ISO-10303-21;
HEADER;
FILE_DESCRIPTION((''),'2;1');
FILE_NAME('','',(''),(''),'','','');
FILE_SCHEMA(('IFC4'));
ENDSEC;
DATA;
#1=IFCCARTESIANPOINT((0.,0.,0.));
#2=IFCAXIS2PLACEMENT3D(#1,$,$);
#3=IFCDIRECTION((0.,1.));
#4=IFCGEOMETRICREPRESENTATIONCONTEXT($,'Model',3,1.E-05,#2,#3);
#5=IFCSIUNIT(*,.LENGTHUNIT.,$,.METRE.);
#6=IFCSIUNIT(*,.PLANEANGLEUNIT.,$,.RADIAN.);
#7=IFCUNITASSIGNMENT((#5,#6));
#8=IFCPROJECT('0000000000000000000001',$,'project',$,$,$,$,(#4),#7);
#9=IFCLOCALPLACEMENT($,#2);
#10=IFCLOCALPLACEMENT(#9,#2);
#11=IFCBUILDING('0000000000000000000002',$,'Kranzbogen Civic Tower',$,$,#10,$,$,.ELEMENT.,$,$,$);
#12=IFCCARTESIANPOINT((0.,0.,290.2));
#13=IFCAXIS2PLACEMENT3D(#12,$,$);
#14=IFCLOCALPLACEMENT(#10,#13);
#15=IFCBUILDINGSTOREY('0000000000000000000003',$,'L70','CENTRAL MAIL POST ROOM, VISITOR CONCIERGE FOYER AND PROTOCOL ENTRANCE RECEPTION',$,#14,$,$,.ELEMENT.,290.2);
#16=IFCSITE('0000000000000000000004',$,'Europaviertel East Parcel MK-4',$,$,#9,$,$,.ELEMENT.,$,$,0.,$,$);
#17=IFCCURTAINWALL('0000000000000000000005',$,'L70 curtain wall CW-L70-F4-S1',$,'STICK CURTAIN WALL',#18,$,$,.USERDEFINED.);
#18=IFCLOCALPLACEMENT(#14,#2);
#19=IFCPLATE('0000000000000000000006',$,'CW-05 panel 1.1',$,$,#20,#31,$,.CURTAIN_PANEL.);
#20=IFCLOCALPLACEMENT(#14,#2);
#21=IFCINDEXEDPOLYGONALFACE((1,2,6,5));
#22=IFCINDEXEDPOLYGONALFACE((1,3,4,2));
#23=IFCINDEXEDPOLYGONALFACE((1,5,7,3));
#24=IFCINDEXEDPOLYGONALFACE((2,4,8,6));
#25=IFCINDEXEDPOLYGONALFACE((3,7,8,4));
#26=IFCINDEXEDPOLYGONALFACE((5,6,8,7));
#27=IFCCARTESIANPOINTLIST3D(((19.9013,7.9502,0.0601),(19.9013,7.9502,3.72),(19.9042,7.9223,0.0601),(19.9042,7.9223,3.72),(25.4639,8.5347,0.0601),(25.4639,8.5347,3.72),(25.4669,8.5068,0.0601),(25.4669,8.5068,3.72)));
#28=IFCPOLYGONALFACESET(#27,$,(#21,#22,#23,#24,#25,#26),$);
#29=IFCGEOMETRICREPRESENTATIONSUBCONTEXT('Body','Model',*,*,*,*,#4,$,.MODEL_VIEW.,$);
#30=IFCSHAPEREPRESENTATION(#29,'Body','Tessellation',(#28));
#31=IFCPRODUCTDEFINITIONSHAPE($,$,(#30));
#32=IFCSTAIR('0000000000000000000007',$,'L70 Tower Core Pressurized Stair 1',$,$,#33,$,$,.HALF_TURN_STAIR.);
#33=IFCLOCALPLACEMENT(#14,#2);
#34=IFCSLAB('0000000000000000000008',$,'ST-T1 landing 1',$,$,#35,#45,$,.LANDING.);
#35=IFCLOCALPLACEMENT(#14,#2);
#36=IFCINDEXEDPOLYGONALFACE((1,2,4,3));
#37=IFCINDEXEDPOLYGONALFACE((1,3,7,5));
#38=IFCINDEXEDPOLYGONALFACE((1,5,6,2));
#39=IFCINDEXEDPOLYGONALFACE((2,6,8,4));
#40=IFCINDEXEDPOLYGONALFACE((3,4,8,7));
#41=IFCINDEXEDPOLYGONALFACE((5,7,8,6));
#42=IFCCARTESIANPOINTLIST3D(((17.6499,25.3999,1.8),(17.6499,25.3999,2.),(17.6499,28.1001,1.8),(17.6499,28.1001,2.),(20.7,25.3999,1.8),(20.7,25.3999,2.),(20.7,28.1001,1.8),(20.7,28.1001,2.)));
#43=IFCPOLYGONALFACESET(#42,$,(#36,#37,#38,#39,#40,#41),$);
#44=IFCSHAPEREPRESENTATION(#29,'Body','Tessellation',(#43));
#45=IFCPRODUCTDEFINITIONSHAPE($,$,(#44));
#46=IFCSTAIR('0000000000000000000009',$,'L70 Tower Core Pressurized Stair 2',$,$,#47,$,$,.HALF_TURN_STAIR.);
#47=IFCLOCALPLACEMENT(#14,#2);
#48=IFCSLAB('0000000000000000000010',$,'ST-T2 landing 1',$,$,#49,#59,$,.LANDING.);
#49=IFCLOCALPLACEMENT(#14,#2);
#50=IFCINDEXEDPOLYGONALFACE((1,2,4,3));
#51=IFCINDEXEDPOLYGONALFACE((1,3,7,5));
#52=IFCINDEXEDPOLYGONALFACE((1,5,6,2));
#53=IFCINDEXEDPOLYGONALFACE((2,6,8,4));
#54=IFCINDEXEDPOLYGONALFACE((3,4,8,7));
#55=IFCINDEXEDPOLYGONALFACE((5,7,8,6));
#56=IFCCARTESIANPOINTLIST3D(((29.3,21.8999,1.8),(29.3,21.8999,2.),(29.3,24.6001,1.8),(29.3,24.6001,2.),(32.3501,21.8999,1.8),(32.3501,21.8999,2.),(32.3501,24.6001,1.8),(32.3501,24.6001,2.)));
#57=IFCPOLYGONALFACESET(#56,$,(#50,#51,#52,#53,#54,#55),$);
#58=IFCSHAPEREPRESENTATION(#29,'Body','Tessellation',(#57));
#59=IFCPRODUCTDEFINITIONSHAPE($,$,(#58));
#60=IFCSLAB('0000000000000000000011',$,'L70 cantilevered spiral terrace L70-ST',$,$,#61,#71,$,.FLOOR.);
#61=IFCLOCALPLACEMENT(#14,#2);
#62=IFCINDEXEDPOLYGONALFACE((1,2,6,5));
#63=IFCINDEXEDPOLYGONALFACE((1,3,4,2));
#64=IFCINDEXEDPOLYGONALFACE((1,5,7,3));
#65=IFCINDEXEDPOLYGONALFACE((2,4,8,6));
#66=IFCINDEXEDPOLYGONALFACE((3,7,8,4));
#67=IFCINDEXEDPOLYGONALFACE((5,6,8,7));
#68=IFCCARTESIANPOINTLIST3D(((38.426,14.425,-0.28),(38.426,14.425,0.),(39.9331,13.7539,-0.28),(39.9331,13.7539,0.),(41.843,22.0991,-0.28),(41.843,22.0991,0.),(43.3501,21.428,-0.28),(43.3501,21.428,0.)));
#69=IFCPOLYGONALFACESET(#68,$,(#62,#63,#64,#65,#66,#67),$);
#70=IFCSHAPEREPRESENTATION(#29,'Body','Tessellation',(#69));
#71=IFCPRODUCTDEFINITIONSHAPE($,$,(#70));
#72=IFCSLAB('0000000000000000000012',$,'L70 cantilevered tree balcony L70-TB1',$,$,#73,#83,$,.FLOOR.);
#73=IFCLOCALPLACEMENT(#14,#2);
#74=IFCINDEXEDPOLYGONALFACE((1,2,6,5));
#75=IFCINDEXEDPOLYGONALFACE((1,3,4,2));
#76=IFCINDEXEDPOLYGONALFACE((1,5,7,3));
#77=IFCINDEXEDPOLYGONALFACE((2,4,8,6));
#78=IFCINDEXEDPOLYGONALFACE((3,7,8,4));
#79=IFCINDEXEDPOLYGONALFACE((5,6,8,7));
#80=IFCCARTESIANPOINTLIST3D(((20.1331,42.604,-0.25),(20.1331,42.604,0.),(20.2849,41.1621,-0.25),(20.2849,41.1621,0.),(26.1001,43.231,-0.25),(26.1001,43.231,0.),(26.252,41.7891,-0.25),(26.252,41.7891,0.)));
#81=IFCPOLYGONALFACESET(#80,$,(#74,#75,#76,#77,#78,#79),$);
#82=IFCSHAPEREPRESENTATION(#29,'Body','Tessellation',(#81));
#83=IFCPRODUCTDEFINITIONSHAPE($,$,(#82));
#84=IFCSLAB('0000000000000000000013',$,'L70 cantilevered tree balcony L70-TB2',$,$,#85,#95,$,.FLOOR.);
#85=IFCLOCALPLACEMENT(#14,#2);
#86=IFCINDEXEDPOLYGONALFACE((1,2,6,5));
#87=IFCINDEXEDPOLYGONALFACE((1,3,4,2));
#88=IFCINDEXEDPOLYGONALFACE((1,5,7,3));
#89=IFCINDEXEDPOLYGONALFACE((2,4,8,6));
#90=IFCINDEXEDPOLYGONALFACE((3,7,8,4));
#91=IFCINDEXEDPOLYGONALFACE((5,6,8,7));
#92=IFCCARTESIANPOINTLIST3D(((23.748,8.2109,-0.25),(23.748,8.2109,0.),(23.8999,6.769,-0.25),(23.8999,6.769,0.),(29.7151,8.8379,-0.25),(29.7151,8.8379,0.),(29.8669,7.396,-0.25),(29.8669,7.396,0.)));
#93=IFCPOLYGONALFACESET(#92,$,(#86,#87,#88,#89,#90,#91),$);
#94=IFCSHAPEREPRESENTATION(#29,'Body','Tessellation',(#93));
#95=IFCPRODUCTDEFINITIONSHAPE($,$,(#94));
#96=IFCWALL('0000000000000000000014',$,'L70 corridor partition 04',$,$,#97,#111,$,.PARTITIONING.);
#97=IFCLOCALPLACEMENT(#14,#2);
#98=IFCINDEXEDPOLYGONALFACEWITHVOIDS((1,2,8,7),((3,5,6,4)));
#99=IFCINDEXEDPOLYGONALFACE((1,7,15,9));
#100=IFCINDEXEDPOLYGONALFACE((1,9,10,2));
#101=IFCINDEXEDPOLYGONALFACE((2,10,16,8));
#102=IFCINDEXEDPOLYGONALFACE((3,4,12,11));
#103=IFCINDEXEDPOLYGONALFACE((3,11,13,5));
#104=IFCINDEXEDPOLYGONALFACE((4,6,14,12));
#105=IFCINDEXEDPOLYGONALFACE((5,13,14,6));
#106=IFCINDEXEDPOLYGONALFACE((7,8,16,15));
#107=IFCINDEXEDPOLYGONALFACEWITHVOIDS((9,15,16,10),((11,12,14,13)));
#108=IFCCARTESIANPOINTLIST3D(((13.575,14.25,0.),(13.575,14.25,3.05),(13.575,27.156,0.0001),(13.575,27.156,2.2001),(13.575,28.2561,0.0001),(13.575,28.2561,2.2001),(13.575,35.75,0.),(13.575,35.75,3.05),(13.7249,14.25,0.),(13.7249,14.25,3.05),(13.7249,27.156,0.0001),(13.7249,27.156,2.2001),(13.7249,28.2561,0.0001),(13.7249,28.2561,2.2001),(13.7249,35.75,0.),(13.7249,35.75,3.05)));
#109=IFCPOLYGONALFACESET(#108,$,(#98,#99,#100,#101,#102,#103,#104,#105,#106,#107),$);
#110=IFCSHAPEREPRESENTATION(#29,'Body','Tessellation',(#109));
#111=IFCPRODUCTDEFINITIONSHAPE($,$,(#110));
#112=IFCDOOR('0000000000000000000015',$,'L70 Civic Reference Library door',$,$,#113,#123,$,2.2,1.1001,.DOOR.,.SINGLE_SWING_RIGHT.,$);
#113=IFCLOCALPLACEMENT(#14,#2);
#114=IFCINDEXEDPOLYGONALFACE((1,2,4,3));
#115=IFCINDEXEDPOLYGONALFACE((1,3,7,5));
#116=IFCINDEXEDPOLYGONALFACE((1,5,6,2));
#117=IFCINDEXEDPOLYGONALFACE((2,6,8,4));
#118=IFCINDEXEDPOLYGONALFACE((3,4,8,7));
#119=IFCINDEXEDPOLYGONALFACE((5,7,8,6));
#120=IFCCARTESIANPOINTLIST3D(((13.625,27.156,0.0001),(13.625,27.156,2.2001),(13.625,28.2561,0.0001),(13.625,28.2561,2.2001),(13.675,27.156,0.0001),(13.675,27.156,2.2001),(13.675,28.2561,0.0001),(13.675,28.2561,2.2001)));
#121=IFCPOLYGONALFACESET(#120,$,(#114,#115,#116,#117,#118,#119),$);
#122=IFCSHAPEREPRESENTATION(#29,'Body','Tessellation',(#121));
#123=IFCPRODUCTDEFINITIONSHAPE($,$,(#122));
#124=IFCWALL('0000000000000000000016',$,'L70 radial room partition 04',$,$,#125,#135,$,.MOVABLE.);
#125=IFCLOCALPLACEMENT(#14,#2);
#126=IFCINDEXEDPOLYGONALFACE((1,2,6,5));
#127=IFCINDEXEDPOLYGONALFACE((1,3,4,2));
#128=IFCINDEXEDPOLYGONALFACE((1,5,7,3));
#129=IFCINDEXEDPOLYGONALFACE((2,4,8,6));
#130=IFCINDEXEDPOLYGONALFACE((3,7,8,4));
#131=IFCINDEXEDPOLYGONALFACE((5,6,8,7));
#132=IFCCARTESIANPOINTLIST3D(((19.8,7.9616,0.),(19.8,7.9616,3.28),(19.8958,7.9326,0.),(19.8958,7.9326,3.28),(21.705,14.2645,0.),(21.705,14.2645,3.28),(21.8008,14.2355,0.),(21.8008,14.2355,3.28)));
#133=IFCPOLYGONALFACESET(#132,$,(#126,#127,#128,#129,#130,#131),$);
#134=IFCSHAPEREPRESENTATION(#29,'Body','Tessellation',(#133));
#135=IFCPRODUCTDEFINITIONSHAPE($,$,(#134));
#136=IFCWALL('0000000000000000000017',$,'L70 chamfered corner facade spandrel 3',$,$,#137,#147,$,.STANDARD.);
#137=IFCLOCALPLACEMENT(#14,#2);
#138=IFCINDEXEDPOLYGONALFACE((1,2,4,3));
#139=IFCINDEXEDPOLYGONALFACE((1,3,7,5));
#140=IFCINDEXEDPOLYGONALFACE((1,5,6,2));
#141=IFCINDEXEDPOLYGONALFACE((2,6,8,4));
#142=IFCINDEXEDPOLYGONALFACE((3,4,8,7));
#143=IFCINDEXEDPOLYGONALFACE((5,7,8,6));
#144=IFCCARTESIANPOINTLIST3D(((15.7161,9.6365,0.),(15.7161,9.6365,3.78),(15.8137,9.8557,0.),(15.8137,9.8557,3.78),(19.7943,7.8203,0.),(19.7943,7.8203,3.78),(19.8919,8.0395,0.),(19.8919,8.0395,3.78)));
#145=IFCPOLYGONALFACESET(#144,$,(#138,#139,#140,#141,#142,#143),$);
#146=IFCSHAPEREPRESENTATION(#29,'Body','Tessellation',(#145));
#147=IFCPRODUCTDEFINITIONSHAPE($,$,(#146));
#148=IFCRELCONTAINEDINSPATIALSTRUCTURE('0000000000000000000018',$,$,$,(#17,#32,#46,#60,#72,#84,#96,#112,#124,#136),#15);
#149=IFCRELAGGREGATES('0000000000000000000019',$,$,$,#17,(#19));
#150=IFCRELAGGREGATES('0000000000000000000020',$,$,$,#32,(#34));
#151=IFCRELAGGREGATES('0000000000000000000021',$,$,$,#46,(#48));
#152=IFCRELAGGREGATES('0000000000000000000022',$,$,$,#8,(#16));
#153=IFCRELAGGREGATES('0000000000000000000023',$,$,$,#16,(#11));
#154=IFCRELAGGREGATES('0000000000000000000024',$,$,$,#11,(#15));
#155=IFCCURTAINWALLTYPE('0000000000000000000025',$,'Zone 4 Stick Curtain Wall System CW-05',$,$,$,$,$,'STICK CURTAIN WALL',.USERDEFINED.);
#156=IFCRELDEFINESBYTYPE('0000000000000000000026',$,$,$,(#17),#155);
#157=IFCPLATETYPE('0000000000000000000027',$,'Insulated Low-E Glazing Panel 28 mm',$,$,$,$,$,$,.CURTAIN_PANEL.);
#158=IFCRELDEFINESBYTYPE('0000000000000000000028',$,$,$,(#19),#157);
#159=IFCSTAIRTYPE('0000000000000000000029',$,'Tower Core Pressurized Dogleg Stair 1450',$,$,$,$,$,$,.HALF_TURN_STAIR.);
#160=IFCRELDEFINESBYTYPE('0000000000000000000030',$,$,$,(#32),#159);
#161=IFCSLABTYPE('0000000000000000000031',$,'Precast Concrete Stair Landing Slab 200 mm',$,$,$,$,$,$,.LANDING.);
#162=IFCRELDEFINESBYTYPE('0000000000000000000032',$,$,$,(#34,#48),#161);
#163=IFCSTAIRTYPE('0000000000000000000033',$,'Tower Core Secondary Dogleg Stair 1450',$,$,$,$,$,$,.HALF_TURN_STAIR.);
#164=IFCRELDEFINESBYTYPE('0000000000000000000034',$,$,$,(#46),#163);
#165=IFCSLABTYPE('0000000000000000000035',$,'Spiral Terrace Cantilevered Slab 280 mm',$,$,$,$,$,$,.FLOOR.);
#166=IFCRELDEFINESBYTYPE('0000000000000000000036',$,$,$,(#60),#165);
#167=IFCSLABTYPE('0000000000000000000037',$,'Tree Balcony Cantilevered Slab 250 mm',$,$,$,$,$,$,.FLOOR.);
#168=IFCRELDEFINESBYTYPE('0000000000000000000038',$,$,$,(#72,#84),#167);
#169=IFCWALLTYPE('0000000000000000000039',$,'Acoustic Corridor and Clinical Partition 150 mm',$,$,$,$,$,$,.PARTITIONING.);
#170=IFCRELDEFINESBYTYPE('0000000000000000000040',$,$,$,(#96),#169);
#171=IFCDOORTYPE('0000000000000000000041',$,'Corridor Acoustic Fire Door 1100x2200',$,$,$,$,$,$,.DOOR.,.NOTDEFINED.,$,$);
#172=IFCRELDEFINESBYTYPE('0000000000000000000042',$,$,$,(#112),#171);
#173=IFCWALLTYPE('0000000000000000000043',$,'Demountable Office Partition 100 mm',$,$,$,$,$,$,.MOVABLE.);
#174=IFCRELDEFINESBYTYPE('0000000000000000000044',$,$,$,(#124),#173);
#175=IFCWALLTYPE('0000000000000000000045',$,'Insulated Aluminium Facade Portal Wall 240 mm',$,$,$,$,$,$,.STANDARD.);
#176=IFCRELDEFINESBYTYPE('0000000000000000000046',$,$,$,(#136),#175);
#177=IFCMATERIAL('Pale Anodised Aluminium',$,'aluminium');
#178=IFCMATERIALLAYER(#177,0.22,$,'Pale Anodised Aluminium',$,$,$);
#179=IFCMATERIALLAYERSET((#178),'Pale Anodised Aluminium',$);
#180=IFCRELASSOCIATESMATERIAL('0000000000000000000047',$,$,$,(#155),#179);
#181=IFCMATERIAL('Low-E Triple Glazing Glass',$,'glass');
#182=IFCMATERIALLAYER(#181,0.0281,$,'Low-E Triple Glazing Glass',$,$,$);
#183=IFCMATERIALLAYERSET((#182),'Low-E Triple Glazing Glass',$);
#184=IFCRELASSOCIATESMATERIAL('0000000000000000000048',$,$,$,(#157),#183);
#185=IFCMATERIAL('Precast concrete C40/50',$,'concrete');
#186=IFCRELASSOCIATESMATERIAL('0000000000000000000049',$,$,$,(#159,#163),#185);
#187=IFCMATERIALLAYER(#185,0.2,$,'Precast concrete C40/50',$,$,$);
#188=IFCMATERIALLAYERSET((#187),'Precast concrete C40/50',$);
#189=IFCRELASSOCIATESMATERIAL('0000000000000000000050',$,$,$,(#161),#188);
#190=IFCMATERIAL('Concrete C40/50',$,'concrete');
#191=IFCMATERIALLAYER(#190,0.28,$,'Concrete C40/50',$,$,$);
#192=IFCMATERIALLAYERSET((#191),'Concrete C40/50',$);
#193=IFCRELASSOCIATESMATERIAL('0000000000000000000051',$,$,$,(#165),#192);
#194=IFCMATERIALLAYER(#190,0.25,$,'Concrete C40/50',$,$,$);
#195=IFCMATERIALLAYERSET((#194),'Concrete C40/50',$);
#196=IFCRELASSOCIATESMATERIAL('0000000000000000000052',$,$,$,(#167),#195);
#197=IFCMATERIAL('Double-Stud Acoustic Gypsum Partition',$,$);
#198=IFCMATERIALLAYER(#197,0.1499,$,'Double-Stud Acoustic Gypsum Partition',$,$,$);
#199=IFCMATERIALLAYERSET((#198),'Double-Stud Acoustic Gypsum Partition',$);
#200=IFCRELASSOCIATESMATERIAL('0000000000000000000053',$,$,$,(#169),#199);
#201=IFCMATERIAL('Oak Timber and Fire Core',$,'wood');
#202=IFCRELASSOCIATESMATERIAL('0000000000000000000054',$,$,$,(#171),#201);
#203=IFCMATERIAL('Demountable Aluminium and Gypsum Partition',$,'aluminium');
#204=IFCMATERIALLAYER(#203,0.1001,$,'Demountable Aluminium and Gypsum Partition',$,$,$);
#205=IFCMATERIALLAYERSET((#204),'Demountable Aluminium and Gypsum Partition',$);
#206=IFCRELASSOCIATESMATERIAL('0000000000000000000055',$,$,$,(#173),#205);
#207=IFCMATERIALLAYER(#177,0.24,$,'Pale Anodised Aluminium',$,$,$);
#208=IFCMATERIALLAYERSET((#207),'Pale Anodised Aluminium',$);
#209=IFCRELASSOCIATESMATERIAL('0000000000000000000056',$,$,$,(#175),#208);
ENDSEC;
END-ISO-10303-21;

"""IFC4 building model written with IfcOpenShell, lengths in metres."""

from ifc_helpers import new_model, si_unit, direction, frame, frame_2d, origin, origin_2d, place, context, subcontext, project, spatial, polyline, rectangle, outline, extrude, material, layer, layer_set, type_object, element, fill, aggregate, save


model = new_model("IFC4")

# Units and contexts
model_context = context("Model", 3, precision=1e-05, world=origin(), true_north=direction((0.0, 1.0)))
body_context = subcontext(model_context, "Body", "Model", "MODEL_VIEW")
ifc_project = project(units=[si_unit("LENGTHUNIT", "METRE"), si_unit("PLANEANGLEUNIT", "RADIAN")], contexts=[model_context])

# Site, building, storey
site_placement = place(None, origin())
site = spatial("IfcSite", under=ifc_project, at=site_placement, Name="Europaviertel East Parcel MK-4", CompositionType="ELEMENT", RefElevation=0.0)
building_placement = place(site_placement, origin())
building = spatial("IfcBuilding", under=site, at=building_placement, Name="Kranzbogen Civic Tower", CompositionType="ELEMENT")
storey_placement = place(building_placement, frame((0.0, 0.0, 290.2)))
storey = spatial("IfcBuildingStorey", under=building, at=storey_placement, Name="L70", Description="CENTRAL MAIL POST ROOM, VISITOR CONCIERGE FOYER AND PROTOCOL ENTRANCE RECEPTION", CompositionType="ELEMENT", Elevation=290.2)

# Curtain wall
ifc_material_1 = material(Name="Pale Anodised Aluminium", Category="aluminium")
ifc_layer_1 = layer(ifc_material_1, 0.22, Name="Pale Anodised Aluminium")
ifc_layer_set_1 = layer_set([ifc_layer_1], Name="Pale Anodised Aluminium")
curtain_wall_type = type_object("IfcCurtainWallType", Name="Zone 4 Stick Curtain Wall System CW-05", ElementType="STICK CURTAIN WALL", PredefinedType="USERDEFINED", material=ifc_layer_set_1)
curtain_wall_1_placement = place(storey_placement, origin())
curtain_wall_1 = element("IfcCurtainWall", 1, at=curtain_wall_1_placement, inside=storey, type_object=curtain_wall_type, Name="L70 curtain wall CW-L70-F4-S1", ObjectType="STICK CURTAIN WALL", PredefinedType="USERDEFINED")

# Shared definitions
ifc_material_2 = material(Name="Concrete C40/50", Category="concrete")

# Plate
ifc_material_3 = material(Name="Low-E Triple Glazing Glass", Category="glass")
ifc_layer_2 = layer(ifc_material_3, 0.0281, Name="Low-E Triple Glazing Glass")
ifc_layer_set_2 = layer_set([ifc_layer_2], Name="Low-E Triple Glazing Glass")
plate_type = type_object("IfcPlateType", Name="Insulated Low-E Glazing Panel 28 mm", PredefinedType="CURTAIN_PANEL", material=ifc_layer_set_2)
plate_1_placement = place(storey_placement, frame((22.6841, 8.2285, 0.0601), z_axis=(0.0, 0.0, 1.0), x_axis=(0.994526, 0.104493, 0.0)))
plate_1 = element("IfcPlate", 2, at=plate_1_placement, type_object=plate_type, Name="CW-05 panel 1.1", PredefinedType="CURTAIN_PANEL", context=body_context, shape_type="SweptSolid", body=[
    extrude(rectangle(XDim=5.5933, YDim=0.0281, at=origin_2d()), origin(), (0.0, 0.0, 1.0), 3.6599),
])
aggregate(curtain_wall_1, [plate_1])

# Stairs, slabs
ifc_material_4 = material(Name="Precast concrete C40/50", Category="concrete")
stair_type_1 = type_object("IfcStairType", Name="Tower Core Pressurized Dogleg Stair 1450", PredefinedType="HALF_TURN_STAIR", material=ifc_material_4)
stair_1_placement = place(storey_placement, origin())
stair_1 = element("IfcStair", 3, at=stair_1_placement, inside=storey, type_object=stair_type_1, Name="L70 Tower Core Pressurized Stair 1", PredefinedType="HALF_TURN_STAIR")
ifc_layer_3 = layer(ifc_material_4, 0.2, Name="Precast concrete C40/50")
ifc_layer_set_3 = layer_set([ifc_layer_3], Name="Precast concrete C40/50")
slab_type_1 = type_object("IfcSlabType", Name="Precast Concrete Stair Landing Slab 200 mm", PredefinedType="LANDING", material=ifc_layer_set_3)
slab_1_placement = place(storey_placement, frame((0.0, 0.0, 1.8)))
slab_1 = element("IfcSlab", 4, at=slab_1_placement, type_object=slab_type_1, Name="ST-T1 landing 1", PredefinedType="LANDING", context=body_context, shape_type="SweptSolid", body=[
    extrude(outline(polyline([(20.7, 25.3999), (20.7, 28.1001), (17.6499, 28.1001), (17.6499, 25.3999), (20.7, 25.3999)])), origin(), (0.0, 0.0, 1.0), 0.2),
])
aggregate(stair_1, [slab_1])
stair_type_2 = type_object("IfcStairType", Name="Tower Core Secondary Dogleg Stair 1450", PredefinedType="HALF_TURN_STAIR", material=ifc_material_4)
stair_2_placement = place(storey_placement, origin())
stair_2 = element("IfcStair", 5, at=stair_2_placement, inside=storey, type_object=stair_type_2, Name="L70 Tower Core Pressurized Stair 2", PredefinedType="HALF_TURN_STAIR")
slab_2_placement = place(storey_placement, frame((0.0, 0.0, 1.8)))
slab_2 = element("IfcSlab", 6, at=slab_2_placement, type_object=slab_type_1, Name="ST-T2 landing 1", PredefinedType="LANDING", context=body_context, shape_type="SweptSolid", body=[
    extrude(outline(polyline([(29.3, 24.6001), (29.3, 21.8999), (32.3501, 21.8999), (32.3501, 24.6001), (29.3, 24.6001)])), origin(), (0.0, 0.0, 1.0), 0.2),
])
aggregate(stair_2, [slab_2])

# Slabs
ifc_layer_4 = layer(ifc_material_2, 0.28, Name="Concrete C40/50")
ifc_layer_set_4 = layer_set([ifc_layer_4], Name="Concrete C40/50")
slab_type_2 = type_object("IfcSlabType", Name="Spiral Terrace Cantilevered Slab 280 mm", PredefinedType="FLOOR", material=ifc_layer_set_4)
slab_3_placement = place(storey_placement, frame((0.0, 0.0, -0.28)))
element("IfcSlab", 7, at=slab_3_placement, inside=storey, type_object=slab_type_2, Name="L70 cantilevered spiral terrace L70-ST", PredefinedType="FLOOR", context=body_context, shape_type="SweptSolid", body=[
    extrude(outline(polyline([(38.426, 14.425), (41.843, 22.0991), (43.3501, 21.428), (39.9331, 13.7539), (38.426, 14.425)])), origin(), (0.0, 0.0, 1.0), 0.28),
])
ifc_layer_5 = layer(ifc_material_2, 0.25, Name="Concrete C40/50")
ifc_layer_set_5 = layer_set([ifc_layer_5], Name="Concrete C40/50")
slab_type_3 = type_object("IfcSlabType", Name="Tree Balcony Cantilevered Slab 250 mm", PredefinedType="FLOOR", material=ifc_layer_set_5)
slab_4_placement = place(storey_placement, frame((0.0, 0.0, -0.25)))
element("IfcSlab", 8, at=slab_4_placement, inside=storey, type_object=slab_type_3, Name="L70 cantilevered tree balcony L70-TB1", PredefinedType="FLOOR", context=body_context, shape_type="SweptSolid", body=[
    extrude(outline(polyline([(26.252, 41.7891), (20.2849, 41.1621), (20.1331, 42.604), (26.1001, 43.231), (26.252, 41.7891)])), origin(), (0.0, 0.0, 1.0), 0.25),
])
slab_5_placement = place(storey_placement, frame((0.0, 0.0, -0.25)))
element("IfcSlab", 9, at=slab_5_placement, inside=storey, type_object=slab_type_3, Name="L70 cantilevered tree balcony L70-TB2", PredefinedType="FLOOR", context=body_context, shape_type="SweptSolid", body=[
    extrude(outline(polyline([(23.748, 8.2109), (29.7151, 8.8379), (29.8669, 7.396), (23.8999, 6.769), (23.748, 8.2109)])), origin(), (0.0, 0.0, 1.0), 0.25),
])

# Wall, opening, door
ifc_material_5 = material(Name="Double-Stud Acoustic Gypsum Partition")
ifc_layer_6 = layer(ifc_material_5, 0.1499, Name="Double-Stud Acoustic Gypsum Partition")
ifc_layer_set_6 = layer_set([ifc_layer_6], Name="Double-Stud Acoustic Gypsum Partition")
wall_type_1 = type_object("IfcWallType", Name="Acoustic Corridor and Clinical Partition 150 mm", PredefinedType="PARTITIONING", material=ifc_layer_set_6)
wall_1_placement = place(storey_placement, frame((13.6499, 14.25, 0.0), z_axis=(0.0, 0.0, 1.0), x_axis=(0.0, 1.0, 0.0)))
wall_1 = element("IfcWall", 10, at=wall_1_placement, inside=storey, type_object=wall_type_1, Name="L70 corridor partition 04", PredefinedType="PARTITIONING", context=body_context, shape_type="SweptSolid", body=[
    extrude(rectangle(XDim=21.5, YDim=0.1499, at=frame_2d((10.75, 0.0))), origin(), (0.0, 0.0, 1.0), 3.05),
])
opening_placement = place(wall_1_placement, frame((12.906, 0.0, 0.0)))
opening = element("IfcOpeningElement", 11, at=opening_placement, cuts=wall_1, PredefinedType="OPENING", context=body_context, shape_type="SweptSolid", body=[
    extrude(rectangle(XDim=1.1001, YDim=2.2, at=frame_2d((0.55, 1.1001))), frame((0.0, 0.085, 0.0), z_axis=(0.0, -1.0, 0.0), x_axis=(1.0, 0.0, 0.0)), (0.0, 0.0, 1.0), 0.1699),
])
ifc_material_6 = material(Name="Oak Timber and Fire Core", Category="wood")
door_type = type_object("IfcDoorType", Name="Corridor Acoustic Fire Door 1100x2200", OperationType="NOTDEFINED", PredefinedType="DOOR", material=ifc_material_6)
door_placement = place(opening_placement, origin())
door = element("IfcDoor", 12, at=door_placement, inside=storey, type_object=door_type, Name="L70 Civic Reference Library door", OperationType="SINGLE_SWING_RIGHT", OverallHeight=2.2, OverallWidth=1.1001, PredefinedType="DOOR", context=body_context, shape_type="SweptSolid", body=[
    extrude(rectangle(XDim=1.1001, YDim=2.2, at=frame_2d((0.55, 1.1001))), frame((0.0, 0.0249, 0.0), z_axis=(0.0, -1.0, 0.0), x_axis=(1.0, 0.0, 0.0)), (0.0, 0.0, 1.0), 0.05),
])
fill(opening, door)

# Walls
ifc_material_7 = material(Name="Demountable Aluminium and Gypsum Partition", Category="aluminium")
ifc_layer_7 = layer(ifc_material_7, 0.1001, Name="Demountable Aluminium and Gypsum Partition")
ifc_layer_set_7 = layer_set([ifc_layer_7], Name="Demountable Aluminium and Gypsum Partition")
wall_type_2 = type_object("IfcWallType", Name="Demountable Office Partition 100 mm", PredefinedType="MOVABLE", material=ifc_layer_set_7)
wall_2_placement = place(storey_placement, frame((21.7529, 14.25, 0.0), z_axis=(0.0, 0.0, 1.0), x_axis=(-0.289317, -0.957233, 0.0)))
element("IfcWall", 13, at=wall_2_placement, inside=storey, type_object=wall_type_2, Name="L70 radial room partition 04", PredefinedType="MOVABLE", context=body_context, shape_type="SweptSolid", body=[
    extrude(rectangle(XDim=6.5845, YDim=0.1001, at=frame_2d((3.2922, 0.0))), origin(), (0.0, 0.0, 1.0), 3.28),
])
ifc_layer_8 = layer(ifc_material_1, 0.24, Name="Pale Anodised Aluminium")
ifc_layer_set_8 = layer_set([ifc_layer_8], Name="Pale Anodised Aluminium")
wall_type_3 = type_object("IfcWallType", Name="Insulated Aluminium Facade Portal Wall 240 mm", PredefinedType="STANDARD", material=ifc_layer_set_8)
wall_3_placement = place(storey_placement, frame((15.7649, 9.7461, 0.0), z_axis=(0.0, 0.0, 1.0), x_axis=(0.913507, -0.406823, 0.0)))
element("IfcWall", 14, at=wall_3_placement, inside=storey, type_object=wall_type_3, Name="L70 chamfered corner facade spandrel 3", PredefinedType="STANDARD", context=body_context, shape_type="SweptSolid", body=[
    extrude(rectangle(XDim=4.4644, YDim=0.24, at=frame_2d((2.2322, 0.0))), origin(), (0.0, 0.0, 1.0), 3.78),
])

save(model, "model.ifc")
